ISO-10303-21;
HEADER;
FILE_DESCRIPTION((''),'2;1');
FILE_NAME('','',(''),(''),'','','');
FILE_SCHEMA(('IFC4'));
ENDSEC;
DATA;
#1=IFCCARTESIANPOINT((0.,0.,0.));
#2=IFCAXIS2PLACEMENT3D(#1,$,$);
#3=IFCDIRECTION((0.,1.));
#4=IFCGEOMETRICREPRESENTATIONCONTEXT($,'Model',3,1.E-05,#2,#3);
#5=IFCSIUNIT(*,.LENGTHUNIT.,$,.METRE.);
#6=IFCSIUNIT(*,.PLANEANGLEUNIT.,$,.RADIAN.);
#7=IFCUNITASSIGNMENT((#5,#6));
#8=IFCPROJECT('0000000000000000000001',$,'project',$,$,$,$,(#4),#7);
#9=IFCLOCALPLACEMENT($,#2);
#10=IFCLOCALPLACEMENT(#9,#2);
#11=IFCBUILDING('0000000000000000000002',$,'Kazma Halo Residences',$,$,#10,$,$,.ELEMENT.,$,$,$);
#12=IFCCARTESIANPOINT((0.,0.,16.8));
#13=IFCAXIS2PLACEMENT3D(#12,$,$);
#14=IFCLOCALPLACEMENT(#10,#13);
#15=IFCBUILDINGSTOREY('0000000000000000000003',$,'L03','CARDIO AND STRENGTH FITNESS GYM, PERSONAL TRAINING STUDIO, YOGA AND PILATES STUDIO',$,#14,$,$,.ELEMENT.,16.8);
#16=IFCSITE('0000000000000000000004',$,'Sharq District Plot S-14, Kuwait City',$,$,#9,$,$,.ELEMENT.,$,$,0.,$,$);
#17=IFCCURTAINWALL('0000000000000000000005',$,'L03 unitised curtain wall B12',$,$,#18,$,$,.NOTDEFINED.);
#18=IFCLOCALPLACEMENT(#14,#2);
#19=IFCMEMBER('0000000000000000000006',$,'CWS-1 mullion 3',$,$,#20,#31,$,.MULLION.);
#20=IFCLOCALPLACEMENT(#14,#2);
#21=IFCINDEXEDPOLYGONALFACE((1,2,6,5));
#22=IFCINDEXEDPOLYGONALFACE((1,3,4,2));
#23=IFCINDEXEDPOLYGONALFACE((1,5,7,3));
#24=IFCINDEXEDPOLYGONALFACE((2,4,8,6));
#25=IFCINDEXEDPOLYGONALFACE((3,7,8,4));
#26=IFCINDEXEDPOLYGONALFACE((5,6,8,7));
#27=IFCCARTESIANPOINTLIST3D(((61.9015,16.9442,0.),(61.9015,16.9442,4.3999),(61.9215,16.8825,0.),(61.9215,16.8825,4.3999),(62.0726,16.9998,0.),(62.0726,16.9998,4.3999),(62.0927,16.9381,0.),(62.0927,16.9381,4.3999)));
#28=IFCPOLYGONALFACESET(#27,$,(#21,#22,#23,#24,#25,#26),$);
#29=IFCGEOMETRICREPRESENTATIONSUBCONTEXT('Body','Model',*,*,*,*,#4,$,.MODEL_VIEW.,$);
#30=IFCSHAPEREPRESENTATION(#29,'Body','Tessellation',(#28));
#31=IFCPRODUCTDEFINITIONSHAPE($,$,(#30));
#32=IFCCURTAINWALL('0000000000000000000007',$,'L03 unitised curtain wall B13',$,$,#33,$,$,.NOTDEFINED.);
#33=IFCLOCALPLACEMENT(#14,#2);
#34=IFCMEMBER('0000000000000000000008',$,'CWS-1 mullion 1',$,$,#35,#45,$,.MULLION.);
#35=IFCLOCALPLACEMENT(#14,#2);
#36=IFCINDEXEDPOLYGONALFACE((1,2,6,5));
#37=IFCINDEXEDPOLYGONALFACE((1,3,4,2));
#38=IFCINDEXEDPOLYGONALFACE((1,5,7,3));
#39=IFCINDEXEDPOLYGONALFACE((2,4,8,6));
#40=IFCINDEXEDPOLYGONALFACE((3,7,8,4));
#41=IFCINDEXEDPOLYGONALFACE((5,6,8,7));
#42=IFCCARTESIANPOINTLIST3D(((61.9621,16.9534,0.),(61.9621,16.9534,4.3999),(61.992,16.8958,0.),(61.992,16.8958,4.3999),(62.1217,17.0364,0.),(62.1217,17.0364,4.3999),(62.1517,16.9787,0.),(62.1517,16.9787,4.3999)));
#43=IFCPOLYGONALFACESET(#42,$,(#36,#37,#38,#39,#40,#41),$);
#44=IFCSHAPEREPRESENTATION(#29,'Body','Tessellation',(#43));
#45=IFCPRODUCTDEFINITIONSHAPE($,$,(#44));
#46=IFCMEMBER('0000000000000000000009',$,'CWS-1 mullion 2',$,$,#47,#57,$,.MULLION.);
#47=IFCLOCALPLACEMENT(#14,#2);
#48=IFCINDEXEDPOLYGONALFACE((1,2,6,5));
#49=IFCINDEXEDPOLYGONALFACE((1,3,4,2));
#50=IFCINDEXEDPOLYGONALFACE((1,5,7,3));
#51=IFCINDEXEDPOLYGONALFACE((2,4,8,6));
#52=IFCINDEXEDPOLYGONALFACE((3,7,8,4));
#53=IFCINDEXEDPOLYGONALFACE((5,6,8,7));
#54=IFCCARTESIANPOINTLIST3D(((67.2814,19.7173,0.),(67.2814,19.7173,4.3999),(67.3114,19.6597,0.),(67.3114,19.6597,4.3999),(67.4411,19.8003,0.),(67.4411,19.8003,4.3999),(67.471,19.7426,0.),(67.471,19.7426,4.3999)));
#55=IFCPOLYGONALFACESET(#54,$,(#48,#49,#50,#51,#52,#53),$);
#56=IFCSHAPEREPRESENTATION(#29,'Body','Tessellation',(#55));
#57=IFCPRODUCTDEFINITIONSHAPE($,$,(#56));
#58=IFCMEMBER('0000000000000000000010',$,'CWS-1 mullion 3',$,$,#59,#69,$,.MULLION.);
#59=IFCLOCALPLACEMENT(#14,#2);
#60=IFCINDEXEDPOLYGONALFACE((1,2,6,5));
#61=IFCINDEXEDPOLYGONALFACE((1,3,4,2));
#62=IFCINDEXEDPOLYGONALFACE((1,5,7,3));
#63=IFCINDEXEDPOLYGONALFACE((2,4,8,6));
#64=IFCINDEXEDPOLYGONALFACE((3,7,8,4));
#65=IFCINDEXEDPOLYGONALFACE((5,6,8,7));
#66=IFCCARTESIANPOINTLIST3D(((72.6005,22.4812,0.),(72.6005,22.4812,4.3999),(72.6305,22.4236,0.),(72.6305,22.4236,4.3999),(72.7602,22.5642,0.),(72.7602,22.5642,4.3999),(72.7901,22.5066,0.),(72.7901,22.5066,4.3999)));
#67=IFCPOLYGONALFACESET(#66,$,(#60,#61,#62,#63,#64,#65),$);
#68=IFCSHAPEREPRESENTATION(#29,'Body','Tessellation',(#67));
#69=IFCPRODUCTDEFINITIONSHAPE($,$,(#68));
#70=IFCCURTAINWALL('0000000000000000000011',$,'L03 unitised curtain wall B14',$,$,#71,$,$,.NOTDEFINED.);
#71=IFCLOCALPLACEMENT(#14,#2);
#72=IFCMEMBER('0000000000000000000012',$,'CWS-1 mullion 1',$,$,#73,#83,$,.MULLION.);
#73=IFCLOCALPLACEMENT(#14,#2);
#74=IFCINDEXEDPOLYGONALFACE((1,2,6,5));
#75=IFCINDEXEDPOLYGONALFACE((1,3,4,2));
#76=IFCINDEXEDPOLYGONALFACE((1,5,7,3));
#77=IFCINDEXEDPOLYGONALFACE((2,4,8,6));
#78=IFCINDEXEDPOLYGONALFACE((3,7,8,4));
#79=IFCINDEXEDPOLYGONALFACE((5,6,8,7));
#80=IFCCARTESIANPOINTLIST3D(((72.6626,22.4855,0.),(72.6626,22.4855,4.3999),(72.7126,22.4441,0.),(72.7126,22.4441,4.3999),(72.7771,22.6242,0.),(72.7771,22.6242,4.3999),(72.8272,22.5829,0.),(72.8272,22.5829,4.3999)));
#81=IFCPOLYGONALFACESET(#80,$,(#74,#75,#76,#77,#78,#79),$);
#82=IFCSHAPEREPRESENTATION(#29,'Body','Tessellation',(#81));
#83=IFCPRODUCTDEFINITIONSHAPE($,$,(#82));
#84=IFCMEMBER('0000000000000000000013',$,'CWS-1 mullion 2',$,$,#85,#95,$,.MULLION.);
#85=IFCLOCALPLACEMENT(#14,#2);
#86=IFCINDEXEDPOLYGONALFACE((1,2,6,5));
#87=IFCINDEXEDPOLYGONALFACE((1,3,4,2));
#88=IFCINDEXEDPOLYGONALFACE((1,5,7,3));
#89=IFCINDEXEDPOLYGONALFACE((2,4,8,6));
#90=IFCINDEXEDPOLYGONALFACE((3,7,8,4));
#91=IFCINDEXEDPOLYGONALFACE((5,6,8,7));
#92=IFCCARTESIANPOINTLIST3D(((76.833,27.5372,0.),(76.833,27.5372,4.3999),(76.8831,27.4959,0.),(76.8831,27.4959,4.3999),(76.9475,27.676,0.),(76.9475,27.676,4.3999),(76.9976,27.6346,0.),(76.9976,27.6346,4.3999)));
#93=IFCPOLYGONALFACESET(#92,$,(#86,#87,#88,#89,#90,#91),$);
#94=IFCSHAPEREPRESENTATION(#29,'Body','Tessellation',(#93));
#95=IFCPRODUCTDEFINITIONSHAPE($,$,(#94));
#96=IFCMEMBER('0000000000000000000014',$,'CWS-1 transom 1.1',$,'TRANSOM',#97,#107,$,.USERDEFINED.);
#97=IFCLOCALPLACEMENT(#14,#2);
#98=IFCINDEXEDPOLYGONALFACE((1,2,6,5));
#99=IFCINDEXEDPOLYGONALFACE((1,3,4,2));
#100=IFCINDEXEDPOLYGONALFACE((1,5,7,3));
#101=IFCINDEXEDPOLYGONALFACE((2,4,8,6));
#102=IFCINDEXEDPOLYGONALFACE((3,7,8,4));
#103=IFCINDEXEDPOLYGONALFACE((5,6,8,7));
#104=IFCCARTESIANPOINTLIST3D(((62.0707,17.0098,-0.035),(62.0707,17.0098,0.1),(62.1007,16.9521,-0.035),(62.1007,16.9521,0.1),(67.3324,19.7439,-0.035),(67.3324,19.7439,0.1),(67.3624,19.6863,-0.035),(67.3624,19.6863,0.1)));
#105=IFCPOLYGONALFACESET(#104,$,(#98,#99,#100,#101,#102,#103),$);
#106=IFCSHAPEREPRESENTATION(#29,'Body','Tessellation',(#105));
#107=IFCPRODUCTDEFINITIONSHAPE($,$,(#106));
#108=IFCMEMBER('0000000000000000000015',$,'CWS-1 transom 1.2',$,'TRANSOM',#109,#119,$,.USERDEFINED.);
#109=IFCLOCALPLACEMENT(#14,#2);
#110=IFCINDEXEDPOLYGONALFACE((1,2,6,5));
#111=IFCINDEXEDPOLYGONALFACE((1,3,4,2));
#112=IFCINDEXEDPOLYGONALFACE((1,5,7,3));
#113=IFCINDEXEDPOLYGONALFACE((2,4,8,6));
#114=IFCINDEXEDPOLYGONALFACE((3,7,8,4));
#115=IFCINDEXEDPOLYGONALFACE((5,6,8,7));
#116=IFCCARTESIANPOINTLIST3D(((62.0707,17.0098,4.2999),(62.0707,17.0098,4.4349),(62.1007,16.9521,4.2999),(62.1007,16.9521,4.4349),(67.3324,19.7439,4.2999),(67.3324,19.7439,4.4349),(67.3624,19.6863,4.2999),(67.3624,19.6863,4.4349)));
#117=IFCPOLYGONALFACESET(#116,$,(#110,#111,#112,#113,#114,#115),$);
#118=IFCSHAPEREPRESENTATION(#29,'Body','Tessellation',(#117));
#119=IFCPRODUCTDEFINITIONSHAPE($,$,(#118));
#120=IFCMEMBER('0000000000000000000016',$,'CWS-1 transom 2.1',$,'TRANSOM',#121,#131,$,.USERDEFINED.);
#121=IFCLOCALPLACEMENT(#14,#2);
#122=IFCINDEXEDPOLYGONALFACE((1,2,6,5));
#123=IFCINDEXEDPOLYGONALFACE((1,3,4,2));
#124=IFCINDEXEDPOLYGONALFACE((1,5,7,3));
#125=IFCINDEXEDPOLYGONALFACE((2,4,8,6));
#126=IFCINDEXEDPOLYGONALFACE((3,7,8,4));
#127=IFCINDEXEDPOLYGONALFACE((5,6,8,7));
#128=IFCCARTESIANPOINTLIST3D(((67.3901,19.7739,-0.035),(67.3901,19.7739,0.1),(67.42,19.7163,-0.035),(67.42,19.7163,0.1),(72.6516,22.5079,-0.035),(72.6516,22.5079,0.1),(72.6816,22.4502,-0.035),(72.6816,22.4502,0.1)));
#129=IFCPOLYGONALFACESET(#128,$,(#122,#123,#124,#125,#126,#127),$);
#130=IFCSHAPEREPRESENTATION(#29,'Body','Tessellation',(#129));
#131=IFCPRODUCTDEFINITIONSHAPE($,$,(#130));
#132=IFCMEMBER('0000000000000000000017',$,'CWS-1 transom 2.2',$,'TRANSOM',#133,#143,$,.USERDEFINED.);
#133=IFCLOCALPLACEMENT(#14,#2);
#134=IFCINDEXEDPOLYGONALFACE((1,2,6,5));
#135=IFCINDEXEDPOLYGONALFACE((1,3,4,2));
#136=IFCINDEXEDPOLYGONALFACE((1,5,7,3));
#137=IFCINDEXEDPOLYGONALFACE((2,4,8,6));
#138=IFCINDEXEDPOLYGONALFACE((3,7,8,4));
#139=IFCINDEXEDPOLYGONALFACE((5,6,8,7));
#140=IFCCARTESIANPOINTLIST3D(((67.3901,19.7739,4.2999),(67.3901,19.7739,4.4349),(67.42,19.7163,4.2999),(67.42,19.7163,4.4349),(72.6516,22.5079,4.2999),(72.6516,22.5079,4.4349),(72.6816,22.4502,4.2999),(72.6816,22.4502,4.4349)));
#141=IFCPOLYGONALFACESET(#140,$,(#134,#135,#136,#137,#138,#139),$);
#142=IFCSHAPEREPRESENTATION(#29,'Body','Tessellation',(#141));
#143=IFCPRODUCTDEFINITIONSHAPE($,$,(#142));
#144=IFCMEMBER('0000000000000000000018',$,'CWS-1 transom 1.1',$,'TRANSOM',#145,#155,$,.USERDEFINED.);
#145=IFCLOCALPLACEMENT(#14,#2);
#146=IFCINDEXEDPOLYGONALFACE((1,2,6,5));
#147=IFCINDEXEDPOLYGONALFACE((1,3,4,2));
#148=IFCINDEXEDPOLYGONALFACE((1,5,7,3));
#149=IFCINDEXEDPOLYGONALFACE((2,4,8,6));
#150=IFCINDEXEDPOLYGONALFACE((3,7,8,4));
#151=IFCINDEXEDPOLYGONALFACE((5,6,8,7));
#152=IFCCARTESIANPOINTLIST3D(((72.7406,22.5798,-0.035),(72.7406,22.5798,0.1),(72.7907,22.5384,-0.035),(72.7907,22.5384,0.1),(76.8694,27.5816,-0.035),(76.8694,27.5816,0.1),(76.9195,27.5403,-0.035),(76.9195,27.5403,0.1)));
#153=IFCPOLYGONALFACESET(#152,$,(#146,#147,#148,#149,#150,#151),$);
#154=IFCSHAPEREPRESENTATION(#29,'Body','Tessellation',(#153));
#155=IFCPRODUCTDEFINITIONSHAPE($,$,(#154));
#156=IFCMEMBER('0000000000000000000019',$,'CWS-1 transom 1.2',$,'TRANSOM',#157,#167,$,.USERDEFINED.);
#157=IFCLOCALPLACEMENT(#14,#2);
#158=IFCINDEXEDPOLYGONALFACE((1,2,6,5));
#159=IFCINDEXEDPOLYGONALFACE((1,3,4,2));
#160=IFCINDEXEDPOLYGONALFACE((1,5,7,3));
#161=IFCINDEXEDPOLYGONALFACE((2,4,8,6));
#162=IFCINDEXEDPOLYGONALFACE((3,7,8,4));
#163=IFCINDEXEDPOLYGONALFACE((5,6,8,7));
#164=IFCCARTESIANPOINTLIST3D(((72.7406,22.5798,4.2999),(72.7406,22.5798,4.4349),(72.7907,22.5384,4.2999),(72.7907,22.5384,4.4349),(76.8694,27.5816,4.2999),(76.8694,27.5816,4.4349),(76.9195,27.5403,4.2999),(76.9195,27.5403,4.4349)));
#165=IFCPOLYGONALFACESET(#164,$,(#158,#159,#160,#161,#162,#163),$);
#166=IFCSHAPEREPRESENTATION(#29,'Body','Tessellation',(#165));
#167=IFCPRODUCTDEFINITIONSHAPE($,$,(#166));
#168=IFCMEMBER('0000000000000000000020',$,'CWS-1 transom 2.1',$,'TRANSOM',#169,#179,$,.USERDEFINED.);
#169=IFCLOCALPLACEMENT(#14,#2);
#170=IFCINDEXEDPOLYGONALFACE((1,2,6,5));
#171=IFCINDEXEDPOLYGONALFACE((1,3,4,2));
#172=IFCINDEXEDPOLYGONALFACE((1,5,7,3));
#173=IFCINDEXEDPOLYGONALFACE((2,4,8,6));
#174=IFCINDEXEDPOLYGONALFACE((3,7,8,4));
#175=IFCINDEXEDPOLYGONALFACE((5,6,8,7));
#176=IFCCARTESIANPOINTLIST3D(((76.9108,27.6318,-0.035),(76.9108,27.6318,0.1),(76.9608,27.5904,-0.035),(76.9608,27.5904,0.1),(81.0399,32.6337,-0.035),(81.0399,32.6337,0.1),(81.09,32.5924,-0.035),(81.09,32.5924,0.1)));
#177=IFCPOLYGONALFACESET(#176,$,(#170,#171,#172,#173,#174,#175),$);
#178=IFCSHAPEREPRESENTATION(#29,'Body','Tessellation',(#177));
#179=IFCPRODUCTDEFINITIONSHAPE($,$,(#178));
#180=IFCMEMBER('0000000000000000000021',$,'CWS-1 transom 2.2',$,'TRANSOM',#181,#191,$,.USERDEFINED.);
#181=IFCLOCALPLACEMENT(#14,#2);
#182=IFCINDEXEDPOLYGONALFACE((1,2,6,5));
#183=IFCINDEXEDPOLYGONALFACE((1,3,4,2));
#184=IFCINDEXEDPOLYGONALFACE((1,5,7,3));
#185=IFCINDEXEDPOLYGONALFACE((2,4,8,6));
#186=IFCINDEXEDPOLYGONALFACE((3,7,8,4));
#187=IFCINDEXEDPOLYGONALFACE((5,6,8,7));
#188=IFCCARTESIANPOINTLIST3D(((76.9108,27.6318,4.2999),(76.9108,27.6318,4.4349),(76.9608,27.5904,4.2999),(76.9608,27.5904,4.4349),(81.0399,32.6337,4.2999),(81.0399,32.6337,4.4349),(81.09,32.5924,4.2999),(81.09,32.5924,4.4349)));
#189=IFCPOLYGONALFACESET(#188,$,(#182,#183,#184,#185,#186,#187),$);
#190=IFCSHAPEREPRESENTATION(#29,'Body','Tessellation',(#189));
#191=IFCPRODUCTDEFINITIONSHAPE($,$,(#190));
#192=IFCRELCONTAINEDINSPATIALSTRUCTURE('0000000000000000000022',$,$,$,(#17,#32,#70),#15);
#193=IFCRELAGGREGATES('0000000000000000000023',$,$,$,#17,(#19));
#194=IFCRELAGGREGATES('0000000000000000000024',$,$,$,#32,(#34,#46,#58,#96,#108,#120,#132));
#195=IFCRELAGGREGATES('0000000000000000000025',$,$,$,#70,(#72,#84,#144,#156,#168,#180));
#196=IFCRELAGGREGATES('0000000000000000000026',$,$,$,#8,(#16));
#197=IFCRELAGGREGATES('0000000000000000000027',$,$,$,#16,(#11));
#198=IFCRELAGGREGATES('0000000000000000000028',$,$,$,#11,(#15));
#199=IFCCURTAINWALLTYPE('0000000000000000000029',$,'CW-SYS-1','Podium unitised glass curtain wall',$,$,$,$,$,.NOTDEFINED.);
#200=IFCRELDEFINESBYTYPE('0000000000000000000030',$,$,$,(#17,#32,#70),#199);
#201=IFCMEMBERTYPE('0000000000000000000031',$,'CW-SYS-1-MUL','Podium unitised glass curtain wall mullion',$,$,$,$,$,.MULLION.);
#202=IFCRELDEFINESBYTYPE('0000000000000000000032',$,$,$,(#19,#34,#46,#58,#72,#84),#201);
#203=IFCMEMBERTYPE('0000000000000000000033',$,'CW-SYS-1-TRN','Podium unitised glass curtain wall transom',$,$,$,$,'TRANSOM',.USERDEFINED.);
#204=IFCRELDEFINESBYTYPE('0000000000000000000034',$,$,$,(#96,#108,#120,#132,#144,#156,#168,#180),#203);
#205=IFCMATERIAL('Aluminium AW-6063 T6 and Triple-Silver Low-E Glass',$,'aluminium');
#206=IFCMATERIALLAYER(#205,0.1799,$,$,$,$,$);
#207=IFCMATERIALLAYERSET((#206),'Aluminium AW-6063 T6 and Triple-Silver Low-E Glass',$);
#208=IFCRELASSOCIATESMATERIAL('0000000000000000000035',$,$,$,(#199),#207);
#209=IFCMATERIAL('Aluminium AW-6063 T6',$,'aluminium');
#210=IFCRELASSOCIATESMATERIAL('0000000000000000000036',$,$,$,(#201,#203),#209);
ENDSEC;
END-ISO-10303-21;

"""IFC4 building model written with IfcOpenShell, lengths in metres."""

from ifc_helpers import new_model, si_unit, direction, frame, origin, origin_2d, place, context, subcontext, project, spatial, rectangle, extrude, material, layer, layer_set, material_profile, profile_set, type_object, element, aggregate, save


model = new_model("IFC4")

# Units and contexts
model_context = context("Model", 3, precision=1e-05, world=origin(), true_north=direction((0.0, 1.0)))
body_context = subcontext(model_context, "Body", "Model", "MODEL_VIEW")
ifc_project = project(units=[si_unit("LENGTHUNIT", "METRE"), si_unit("PLANEANGLEUNIT", "RADIAN")], contexts=[model_context])

# Site, building, storey
site_placement = place(None, origin())
site = spatial("IfcSite", under=ifc_project, at=site_placement, Name="Sharq District Plot S-14, Kuwait City", CompositionType="ELEMENT", RefElevation=0.0)
building_placement = place(site_placement, origin())
building = spatial("IfcBuilding", under=site, at=building_placement, Name="Kazma Halo Residences", CompositionType="ELEMENT")
storey_placement = place(building_placement, frame((0.0, 0.0, 16.8)))
storey = spatial("IfcBuildingStorey", under=building, at=storey_placement, Name="L03", Description="CARDIO AND STRENGTH FITNESS GYM, PERSONAL TRAINING STUDIO, YOGA AND PILATES STUDIO", CompositionType="ELEMENT", Elevation=16.8)

# Curtain wall, member
ifc_material_1 = material(Name="Aluminium AW-6063 T6 and Triple-Silver Low-E Glass", Category="aluminium")
ifc_layer_1 = layer(ifc_material_1, 0.1799)
ifc_layer_set_1 = layer_set([ifc_layer_1], Name="Aluminium AW-6063 T6 and Triple-Silver Low-E Glass")
curtain_wall_type = type_object("IfcCurtainWallType", Name="CW-SYS-1", Description="Podium unitised glass curtain wall", PredefinedType="NOTDEFINED", material=ifc_layer_set_1)
curtain_wall_1_placement = place(storey_placement, origin())
curtain_wall_1 = element("IfcCurtainWall", 1, at=curtain_wall_1_placement, inside=storey, type_object=curtain_wall_type, Name="L03 unitised curtain wall B12", PredefinedType="NOTDEFINED")
ifc_material_2 = material(Name="Aluminium AW-6063 T6", Category="aluminium")
ifc_material_profile_1 = material_profile(ifc_material_2, rectangle(XDim=0.0649, YDim=0.1799, at=origin_2d()), Name="CWM-65x180")
ifc_profile_set_1 = profile_set([ifc_material_profile_1], Name="Aluminium AW-6063 T6")
member_type_1 = type_object("IfcMemberType", Name="CW-SYS-1-MUL", Description="Podium unitised glass curtain wall mullion", PredefinedType="MULLION", material=ifc_profile_set_1)
member_1_placement = place(storey_placement, frame((61.9971, 16.9412, 0.0), z_axis=(0.0, 0.0, 1.0), x_axis=(-0.309017, 0.951056, 0.0)))
member_1 = element("IfcMember", 2, at=member_1_placement, type_object=member_type_1, Name="CWS-1 mullion 3", PredefinedType="MULLION", context=body_context, shape_type="SweptSolid", body=[
    extrude(rectangle(XDim=0.0649, YDim=0.1799, at=origin_2d()), origin(), (0.0, 0.0, 1.0), 4.3999),
])
aggregate(curtain_wall_1, [member_1])

# Curtain walls, members
curtain_wall_2_placement = place(storey_placement, origin())
curtain_wall_2 = element("IfcCurtainWall", 3, at=curtain_wall_2_placement, inside=storey, type_object=curtain_wall_type, Name="L03 unitised curtain wall B13", PredefinedType="NOTDEFINED")
member_2_placement = place(storey_placement, frame((62.0569, 16.9661, 0.0), z_axis=(0.0, 0.0, 1.0), x_axis=(-0.461087, 0.887355, 0.0)))
member_2 = element("IfcMember", 4, at=member_2_placement, type_object=member_type_1, Name="CWS-1 mullion 1", PredefinedType="MULLION", context=body_context, shape_type="SweptSolid", body=[
    extrude(rectangle(XDim=0.0649, YDim=0.1799, at=origin_2d()), origin(), (0.0, 0.0, 1.0), 4.3999),
])
member_3_placement = place(storey_placement, frame((67.3762, 19.73, 0.0), z_axis=(0.0, 0.0, 1.0), x_axis=(-0.461087, 0.887355, 0.0)))
member_3 = element("IfcMember", 5, at=member_3_placement, type_object=member_type_1, Name="CWS-1 mullion 2", PredefinedType="MULLION", context=body_context, shape_type="SweptSolid", body=[
    extrude(rectangle(XDim=0.0649, YDim=0.1799, at=origin_2d()), origin(), (0.0, 0.0, 1.0), 4.3999),
])
member_4_placement = place(storey_placement, frame((72.6953, 22.4939, 0.0), z_axis=(0.0, 0.0, 1.0), x_axis=(-0.461087, 0.887355, 0.0)))
member_4 = element("IfcMember", 6, at=member_4_placement, type_object=member_type_1, Name="CWS-1 mullion 3", PredefinedType="MULLION", context=body_context, shape_type="SweptSolid", body=[
    extrude(rectangle(XDim=0.0649, YDim=0.1799, at=origin_2d()), origin(), (0.0, 0.0, 1.0), 4.3999),
])
curtain_wall_3_placement = place(storey_placement, origin())
curtain_wall_3 = element("IfcCurtainWall", 7, at=curtain_wall_3_placement, inside=storey, type_object=curtain_wall_type, Name="L03 unitised curtain wall B14", PredefinedType="NOTDEFINED")
member_5_placement = place(storey_placement, frame((72.7449, 22.5342, 0.0), z_axis=(0.0, 0.0, 1.0), x_axis=(-0.771192, 0.636603, 0.0)))
member_5 = element("IfcMember", 8, at=member_5_placement, type_object=member_type_1, Name="CWS-1 mullion 1", PredefinedType="MULLION", context=body_context, shape_type="SweptSolid", body=[
    extrude(rectangle(XDim=0.0649, YDim=0.1799, at=origin_2d()), origin(), (0.0, 0.0, 1.0), 4.3999),
])
member_6_placement = place(storey_placement, frame((76.9153, 27.5859, 0.0), z_axis=(0.0, 0.0, 1.0), x_axis=(-0.771192, 0.636603, 0.0)))
member_6 = element("IfcMember", 9, at=member_6_placement, type_object=member_type_1, Name="CWS-1 mullion 2", PredefinedType="MULLION", context=body_context, shape_type="SweptSolid", body=[
    extrude(rectangle(XDim=0.0649, YDim=0.1799, at=origin_2d()), origin(), (0.0, 0.0, 1.0), 4.3999),
])

# Members
ifc_material_profile_2 = material_profile(ifc_material_2, rectangle(XDim=0.0649, YDim=0.135, at=origin_2d()), Name="CWT-65x135")
ifc_profile_set_2 = profile_set([ifc_material_profile_2], Name="Aluminium AW-6063 T6")
member_type_2 = type_object("IfcMemberType", Name="CW-SYS-1-TRN", Description="Podium unitised glass curtain wall transom", ElementType="TRANSOM", PredefinedType="USERDEFINED", material=ifc_profile_set_2)
member_7_placement = place(storey_placement, frame((62.0857, 16.981, 0.0325), z_axis=(0.887352, 0.461092, 0.0), x_axis=(-0.461092, 0.887352, 0.0)))
member_7 = element("IfcMember", 10, at=member_7_placement, type_object=member_type_2, Name="CWS-1 transom 1.1", ObjectType="TRANSOM", PredefinedType="USERDEFINED", context=body_context, shape_type="SweptSolid", body=[
    extrude(rectangle(XDim=0.0649, YDim=0.135, at=origin_2d()), origin(), (0.0, 0.0, 1.0), 5.9297),
])
member_8_placement = place(storey_placement, frame((62.0857, 16.981, 4.3674), z_axis=(0.887352, 0.461092, 0.0), x_axis=(-0.461092, 0.887352, 0.0)))
member_8 = element("IfcMember", 11, at=member_8_placement, type_object=member_type_2, Name="CWS-1 transom 1.2", ObjectType="TRANSOM", PredefinedType="USERDEFINED", context=body_context, shape_type="SweptSolid", body=[
    extrude(rectangle(XDim=0.0649, YDim=0.135, at=origin_2d()), origin(), (0.0, 0.0, 1.0), 5.9297),
])
member_9_placement = place(storey_placement, frame((67.405, 19.7451, 0.0325), z_axis=(0.88736, 0.461077, 0.0), x_axis=(-0.461077, 0.88736, 0.0)))
member_9 = element("IfcMember", 12, at=member_9_placement, type_object=member_type_2, Name="CWS-1 transom 2.1", ObjectType="TRANSOM", PredefinedType="USERDEFINED", context=body_context, shape_type="SweptSolid", body=[
    extrude(rectangle(XDim=0.0649, YDim=0.135, at=origin_2d()), origin(), (0.0, 0.0, 1.0), 5.9294),
])
member_10_placement = place(storey_placement, frame((67.405, 19.7451, 4.3674), z_axis=(0.88736, 0.461077, 0.0), x_axis=(-0.461077, 0.88736, 0.0)))
member_10 = element("IfcMember", 13, at=member_10_placement, type_object=member_type_2, Name="CWS-1 transom 2.2", ObjectType="TRANSOM", PredefinedType="USERDEFINED", context=body_context, shape_type="SweptSolid", body=[
    extrude(rectangle(XDim=0.0649, YDim=0.135, at=origin_2d()), origin(), (0.0, 0.0, 1.0), 5.9294),
])
member_11_placement = place(storey_placement, frame((72.7656, 22.5591, 0.0325), z_axis=(0.636593, 0.7712, 0.0), x_axis=(-0.7712, 0.636593, 0.0)))
member_11 = element("IfcMember", 14, at=member_11_placement, type_object=member_type_2, Name="CWS-1 transom 1.1", ObjectType="TRANSOM", PredefinedType="USERDEFINED", context=body_context, shape_type="SweptSolid", body=[
    extrude(rectangle(XDim=0.0649, YDim=0.135, at=origin_2d()), origin(), (0.0, 0.0, 1.0), 6.4858),
])
member_12_placement = place(storey_placement, frame((72.7656, 22.5591, 4.3674), z_axis=(0.636593, 0.7712, 0.0), x_axis=(-0.7712, 0.636593, 0.0)))
member_12 = element("IfcMember", 15, at=member_12_placement, type_object=member_type_2, Name="CWS-1 transom 1.2", ObjectType="TRANSOM", PredefinedType="USERDEFINED", context=body_context, shape_type="SweptSolid", body=[
    extrude(rectangle(XDim=0.0649, YDim=0.135, at=origin_2d()), origin(), (0.0, 0.0, 1.0), 6.4858),
])
member_13_placement = place(storey_placement, frame((76.9358, 27.6111, 0.0325), z_axis=(0.636616, 0.771181, 0.0), x_axis=(-0.771181, 0.636616, 0.0)))
member_13 = element("IfcMember", 16, at=member_13_placement, type_object=member_type_2, Name="CWS-1 transom 2.1", ObjectType="TRANSOM", PredefinedType="USERDEFINED", context=body_context, shape_type="SweptSolid", body=[
    extrude(rectangle(XDim=0.0649, YDim=0.135, at=origin_2d()), origin(), (0.0, 0.0, 1.0), 6.4861),
])
member_14_placement = place(storey_placement, frame((76.9358, 27.6111, 4.3674), z_axis=(0.636616, 0.771181, 0.0), x_axis=(-0.771181, 0.636616, 0.0)))
member_14 = element("IfcMember", 17, at=member_14_placement, type_object=member_type_2, Name="CWS-1 transom 2.2", ObjectType="TRANSOM", PredefinedType="USERDEFINED", context=body_context, shape_type="SweptSolid", body=[
    extrude(rectangle(XDim=0.0649, YDim=0.135, at=origin_2d()), origin(), (0.0, 0.0, 1.0), 6.4861),
])

aggregate(curtain_wall_2, [member_2, member_3, member_4, member_7, member_8, member_9, member_10])
aggregate(curtain_wall_3, [member_5, member_6, member_11, member_12, member_13, member_14])

save(model, "model.ifc")
